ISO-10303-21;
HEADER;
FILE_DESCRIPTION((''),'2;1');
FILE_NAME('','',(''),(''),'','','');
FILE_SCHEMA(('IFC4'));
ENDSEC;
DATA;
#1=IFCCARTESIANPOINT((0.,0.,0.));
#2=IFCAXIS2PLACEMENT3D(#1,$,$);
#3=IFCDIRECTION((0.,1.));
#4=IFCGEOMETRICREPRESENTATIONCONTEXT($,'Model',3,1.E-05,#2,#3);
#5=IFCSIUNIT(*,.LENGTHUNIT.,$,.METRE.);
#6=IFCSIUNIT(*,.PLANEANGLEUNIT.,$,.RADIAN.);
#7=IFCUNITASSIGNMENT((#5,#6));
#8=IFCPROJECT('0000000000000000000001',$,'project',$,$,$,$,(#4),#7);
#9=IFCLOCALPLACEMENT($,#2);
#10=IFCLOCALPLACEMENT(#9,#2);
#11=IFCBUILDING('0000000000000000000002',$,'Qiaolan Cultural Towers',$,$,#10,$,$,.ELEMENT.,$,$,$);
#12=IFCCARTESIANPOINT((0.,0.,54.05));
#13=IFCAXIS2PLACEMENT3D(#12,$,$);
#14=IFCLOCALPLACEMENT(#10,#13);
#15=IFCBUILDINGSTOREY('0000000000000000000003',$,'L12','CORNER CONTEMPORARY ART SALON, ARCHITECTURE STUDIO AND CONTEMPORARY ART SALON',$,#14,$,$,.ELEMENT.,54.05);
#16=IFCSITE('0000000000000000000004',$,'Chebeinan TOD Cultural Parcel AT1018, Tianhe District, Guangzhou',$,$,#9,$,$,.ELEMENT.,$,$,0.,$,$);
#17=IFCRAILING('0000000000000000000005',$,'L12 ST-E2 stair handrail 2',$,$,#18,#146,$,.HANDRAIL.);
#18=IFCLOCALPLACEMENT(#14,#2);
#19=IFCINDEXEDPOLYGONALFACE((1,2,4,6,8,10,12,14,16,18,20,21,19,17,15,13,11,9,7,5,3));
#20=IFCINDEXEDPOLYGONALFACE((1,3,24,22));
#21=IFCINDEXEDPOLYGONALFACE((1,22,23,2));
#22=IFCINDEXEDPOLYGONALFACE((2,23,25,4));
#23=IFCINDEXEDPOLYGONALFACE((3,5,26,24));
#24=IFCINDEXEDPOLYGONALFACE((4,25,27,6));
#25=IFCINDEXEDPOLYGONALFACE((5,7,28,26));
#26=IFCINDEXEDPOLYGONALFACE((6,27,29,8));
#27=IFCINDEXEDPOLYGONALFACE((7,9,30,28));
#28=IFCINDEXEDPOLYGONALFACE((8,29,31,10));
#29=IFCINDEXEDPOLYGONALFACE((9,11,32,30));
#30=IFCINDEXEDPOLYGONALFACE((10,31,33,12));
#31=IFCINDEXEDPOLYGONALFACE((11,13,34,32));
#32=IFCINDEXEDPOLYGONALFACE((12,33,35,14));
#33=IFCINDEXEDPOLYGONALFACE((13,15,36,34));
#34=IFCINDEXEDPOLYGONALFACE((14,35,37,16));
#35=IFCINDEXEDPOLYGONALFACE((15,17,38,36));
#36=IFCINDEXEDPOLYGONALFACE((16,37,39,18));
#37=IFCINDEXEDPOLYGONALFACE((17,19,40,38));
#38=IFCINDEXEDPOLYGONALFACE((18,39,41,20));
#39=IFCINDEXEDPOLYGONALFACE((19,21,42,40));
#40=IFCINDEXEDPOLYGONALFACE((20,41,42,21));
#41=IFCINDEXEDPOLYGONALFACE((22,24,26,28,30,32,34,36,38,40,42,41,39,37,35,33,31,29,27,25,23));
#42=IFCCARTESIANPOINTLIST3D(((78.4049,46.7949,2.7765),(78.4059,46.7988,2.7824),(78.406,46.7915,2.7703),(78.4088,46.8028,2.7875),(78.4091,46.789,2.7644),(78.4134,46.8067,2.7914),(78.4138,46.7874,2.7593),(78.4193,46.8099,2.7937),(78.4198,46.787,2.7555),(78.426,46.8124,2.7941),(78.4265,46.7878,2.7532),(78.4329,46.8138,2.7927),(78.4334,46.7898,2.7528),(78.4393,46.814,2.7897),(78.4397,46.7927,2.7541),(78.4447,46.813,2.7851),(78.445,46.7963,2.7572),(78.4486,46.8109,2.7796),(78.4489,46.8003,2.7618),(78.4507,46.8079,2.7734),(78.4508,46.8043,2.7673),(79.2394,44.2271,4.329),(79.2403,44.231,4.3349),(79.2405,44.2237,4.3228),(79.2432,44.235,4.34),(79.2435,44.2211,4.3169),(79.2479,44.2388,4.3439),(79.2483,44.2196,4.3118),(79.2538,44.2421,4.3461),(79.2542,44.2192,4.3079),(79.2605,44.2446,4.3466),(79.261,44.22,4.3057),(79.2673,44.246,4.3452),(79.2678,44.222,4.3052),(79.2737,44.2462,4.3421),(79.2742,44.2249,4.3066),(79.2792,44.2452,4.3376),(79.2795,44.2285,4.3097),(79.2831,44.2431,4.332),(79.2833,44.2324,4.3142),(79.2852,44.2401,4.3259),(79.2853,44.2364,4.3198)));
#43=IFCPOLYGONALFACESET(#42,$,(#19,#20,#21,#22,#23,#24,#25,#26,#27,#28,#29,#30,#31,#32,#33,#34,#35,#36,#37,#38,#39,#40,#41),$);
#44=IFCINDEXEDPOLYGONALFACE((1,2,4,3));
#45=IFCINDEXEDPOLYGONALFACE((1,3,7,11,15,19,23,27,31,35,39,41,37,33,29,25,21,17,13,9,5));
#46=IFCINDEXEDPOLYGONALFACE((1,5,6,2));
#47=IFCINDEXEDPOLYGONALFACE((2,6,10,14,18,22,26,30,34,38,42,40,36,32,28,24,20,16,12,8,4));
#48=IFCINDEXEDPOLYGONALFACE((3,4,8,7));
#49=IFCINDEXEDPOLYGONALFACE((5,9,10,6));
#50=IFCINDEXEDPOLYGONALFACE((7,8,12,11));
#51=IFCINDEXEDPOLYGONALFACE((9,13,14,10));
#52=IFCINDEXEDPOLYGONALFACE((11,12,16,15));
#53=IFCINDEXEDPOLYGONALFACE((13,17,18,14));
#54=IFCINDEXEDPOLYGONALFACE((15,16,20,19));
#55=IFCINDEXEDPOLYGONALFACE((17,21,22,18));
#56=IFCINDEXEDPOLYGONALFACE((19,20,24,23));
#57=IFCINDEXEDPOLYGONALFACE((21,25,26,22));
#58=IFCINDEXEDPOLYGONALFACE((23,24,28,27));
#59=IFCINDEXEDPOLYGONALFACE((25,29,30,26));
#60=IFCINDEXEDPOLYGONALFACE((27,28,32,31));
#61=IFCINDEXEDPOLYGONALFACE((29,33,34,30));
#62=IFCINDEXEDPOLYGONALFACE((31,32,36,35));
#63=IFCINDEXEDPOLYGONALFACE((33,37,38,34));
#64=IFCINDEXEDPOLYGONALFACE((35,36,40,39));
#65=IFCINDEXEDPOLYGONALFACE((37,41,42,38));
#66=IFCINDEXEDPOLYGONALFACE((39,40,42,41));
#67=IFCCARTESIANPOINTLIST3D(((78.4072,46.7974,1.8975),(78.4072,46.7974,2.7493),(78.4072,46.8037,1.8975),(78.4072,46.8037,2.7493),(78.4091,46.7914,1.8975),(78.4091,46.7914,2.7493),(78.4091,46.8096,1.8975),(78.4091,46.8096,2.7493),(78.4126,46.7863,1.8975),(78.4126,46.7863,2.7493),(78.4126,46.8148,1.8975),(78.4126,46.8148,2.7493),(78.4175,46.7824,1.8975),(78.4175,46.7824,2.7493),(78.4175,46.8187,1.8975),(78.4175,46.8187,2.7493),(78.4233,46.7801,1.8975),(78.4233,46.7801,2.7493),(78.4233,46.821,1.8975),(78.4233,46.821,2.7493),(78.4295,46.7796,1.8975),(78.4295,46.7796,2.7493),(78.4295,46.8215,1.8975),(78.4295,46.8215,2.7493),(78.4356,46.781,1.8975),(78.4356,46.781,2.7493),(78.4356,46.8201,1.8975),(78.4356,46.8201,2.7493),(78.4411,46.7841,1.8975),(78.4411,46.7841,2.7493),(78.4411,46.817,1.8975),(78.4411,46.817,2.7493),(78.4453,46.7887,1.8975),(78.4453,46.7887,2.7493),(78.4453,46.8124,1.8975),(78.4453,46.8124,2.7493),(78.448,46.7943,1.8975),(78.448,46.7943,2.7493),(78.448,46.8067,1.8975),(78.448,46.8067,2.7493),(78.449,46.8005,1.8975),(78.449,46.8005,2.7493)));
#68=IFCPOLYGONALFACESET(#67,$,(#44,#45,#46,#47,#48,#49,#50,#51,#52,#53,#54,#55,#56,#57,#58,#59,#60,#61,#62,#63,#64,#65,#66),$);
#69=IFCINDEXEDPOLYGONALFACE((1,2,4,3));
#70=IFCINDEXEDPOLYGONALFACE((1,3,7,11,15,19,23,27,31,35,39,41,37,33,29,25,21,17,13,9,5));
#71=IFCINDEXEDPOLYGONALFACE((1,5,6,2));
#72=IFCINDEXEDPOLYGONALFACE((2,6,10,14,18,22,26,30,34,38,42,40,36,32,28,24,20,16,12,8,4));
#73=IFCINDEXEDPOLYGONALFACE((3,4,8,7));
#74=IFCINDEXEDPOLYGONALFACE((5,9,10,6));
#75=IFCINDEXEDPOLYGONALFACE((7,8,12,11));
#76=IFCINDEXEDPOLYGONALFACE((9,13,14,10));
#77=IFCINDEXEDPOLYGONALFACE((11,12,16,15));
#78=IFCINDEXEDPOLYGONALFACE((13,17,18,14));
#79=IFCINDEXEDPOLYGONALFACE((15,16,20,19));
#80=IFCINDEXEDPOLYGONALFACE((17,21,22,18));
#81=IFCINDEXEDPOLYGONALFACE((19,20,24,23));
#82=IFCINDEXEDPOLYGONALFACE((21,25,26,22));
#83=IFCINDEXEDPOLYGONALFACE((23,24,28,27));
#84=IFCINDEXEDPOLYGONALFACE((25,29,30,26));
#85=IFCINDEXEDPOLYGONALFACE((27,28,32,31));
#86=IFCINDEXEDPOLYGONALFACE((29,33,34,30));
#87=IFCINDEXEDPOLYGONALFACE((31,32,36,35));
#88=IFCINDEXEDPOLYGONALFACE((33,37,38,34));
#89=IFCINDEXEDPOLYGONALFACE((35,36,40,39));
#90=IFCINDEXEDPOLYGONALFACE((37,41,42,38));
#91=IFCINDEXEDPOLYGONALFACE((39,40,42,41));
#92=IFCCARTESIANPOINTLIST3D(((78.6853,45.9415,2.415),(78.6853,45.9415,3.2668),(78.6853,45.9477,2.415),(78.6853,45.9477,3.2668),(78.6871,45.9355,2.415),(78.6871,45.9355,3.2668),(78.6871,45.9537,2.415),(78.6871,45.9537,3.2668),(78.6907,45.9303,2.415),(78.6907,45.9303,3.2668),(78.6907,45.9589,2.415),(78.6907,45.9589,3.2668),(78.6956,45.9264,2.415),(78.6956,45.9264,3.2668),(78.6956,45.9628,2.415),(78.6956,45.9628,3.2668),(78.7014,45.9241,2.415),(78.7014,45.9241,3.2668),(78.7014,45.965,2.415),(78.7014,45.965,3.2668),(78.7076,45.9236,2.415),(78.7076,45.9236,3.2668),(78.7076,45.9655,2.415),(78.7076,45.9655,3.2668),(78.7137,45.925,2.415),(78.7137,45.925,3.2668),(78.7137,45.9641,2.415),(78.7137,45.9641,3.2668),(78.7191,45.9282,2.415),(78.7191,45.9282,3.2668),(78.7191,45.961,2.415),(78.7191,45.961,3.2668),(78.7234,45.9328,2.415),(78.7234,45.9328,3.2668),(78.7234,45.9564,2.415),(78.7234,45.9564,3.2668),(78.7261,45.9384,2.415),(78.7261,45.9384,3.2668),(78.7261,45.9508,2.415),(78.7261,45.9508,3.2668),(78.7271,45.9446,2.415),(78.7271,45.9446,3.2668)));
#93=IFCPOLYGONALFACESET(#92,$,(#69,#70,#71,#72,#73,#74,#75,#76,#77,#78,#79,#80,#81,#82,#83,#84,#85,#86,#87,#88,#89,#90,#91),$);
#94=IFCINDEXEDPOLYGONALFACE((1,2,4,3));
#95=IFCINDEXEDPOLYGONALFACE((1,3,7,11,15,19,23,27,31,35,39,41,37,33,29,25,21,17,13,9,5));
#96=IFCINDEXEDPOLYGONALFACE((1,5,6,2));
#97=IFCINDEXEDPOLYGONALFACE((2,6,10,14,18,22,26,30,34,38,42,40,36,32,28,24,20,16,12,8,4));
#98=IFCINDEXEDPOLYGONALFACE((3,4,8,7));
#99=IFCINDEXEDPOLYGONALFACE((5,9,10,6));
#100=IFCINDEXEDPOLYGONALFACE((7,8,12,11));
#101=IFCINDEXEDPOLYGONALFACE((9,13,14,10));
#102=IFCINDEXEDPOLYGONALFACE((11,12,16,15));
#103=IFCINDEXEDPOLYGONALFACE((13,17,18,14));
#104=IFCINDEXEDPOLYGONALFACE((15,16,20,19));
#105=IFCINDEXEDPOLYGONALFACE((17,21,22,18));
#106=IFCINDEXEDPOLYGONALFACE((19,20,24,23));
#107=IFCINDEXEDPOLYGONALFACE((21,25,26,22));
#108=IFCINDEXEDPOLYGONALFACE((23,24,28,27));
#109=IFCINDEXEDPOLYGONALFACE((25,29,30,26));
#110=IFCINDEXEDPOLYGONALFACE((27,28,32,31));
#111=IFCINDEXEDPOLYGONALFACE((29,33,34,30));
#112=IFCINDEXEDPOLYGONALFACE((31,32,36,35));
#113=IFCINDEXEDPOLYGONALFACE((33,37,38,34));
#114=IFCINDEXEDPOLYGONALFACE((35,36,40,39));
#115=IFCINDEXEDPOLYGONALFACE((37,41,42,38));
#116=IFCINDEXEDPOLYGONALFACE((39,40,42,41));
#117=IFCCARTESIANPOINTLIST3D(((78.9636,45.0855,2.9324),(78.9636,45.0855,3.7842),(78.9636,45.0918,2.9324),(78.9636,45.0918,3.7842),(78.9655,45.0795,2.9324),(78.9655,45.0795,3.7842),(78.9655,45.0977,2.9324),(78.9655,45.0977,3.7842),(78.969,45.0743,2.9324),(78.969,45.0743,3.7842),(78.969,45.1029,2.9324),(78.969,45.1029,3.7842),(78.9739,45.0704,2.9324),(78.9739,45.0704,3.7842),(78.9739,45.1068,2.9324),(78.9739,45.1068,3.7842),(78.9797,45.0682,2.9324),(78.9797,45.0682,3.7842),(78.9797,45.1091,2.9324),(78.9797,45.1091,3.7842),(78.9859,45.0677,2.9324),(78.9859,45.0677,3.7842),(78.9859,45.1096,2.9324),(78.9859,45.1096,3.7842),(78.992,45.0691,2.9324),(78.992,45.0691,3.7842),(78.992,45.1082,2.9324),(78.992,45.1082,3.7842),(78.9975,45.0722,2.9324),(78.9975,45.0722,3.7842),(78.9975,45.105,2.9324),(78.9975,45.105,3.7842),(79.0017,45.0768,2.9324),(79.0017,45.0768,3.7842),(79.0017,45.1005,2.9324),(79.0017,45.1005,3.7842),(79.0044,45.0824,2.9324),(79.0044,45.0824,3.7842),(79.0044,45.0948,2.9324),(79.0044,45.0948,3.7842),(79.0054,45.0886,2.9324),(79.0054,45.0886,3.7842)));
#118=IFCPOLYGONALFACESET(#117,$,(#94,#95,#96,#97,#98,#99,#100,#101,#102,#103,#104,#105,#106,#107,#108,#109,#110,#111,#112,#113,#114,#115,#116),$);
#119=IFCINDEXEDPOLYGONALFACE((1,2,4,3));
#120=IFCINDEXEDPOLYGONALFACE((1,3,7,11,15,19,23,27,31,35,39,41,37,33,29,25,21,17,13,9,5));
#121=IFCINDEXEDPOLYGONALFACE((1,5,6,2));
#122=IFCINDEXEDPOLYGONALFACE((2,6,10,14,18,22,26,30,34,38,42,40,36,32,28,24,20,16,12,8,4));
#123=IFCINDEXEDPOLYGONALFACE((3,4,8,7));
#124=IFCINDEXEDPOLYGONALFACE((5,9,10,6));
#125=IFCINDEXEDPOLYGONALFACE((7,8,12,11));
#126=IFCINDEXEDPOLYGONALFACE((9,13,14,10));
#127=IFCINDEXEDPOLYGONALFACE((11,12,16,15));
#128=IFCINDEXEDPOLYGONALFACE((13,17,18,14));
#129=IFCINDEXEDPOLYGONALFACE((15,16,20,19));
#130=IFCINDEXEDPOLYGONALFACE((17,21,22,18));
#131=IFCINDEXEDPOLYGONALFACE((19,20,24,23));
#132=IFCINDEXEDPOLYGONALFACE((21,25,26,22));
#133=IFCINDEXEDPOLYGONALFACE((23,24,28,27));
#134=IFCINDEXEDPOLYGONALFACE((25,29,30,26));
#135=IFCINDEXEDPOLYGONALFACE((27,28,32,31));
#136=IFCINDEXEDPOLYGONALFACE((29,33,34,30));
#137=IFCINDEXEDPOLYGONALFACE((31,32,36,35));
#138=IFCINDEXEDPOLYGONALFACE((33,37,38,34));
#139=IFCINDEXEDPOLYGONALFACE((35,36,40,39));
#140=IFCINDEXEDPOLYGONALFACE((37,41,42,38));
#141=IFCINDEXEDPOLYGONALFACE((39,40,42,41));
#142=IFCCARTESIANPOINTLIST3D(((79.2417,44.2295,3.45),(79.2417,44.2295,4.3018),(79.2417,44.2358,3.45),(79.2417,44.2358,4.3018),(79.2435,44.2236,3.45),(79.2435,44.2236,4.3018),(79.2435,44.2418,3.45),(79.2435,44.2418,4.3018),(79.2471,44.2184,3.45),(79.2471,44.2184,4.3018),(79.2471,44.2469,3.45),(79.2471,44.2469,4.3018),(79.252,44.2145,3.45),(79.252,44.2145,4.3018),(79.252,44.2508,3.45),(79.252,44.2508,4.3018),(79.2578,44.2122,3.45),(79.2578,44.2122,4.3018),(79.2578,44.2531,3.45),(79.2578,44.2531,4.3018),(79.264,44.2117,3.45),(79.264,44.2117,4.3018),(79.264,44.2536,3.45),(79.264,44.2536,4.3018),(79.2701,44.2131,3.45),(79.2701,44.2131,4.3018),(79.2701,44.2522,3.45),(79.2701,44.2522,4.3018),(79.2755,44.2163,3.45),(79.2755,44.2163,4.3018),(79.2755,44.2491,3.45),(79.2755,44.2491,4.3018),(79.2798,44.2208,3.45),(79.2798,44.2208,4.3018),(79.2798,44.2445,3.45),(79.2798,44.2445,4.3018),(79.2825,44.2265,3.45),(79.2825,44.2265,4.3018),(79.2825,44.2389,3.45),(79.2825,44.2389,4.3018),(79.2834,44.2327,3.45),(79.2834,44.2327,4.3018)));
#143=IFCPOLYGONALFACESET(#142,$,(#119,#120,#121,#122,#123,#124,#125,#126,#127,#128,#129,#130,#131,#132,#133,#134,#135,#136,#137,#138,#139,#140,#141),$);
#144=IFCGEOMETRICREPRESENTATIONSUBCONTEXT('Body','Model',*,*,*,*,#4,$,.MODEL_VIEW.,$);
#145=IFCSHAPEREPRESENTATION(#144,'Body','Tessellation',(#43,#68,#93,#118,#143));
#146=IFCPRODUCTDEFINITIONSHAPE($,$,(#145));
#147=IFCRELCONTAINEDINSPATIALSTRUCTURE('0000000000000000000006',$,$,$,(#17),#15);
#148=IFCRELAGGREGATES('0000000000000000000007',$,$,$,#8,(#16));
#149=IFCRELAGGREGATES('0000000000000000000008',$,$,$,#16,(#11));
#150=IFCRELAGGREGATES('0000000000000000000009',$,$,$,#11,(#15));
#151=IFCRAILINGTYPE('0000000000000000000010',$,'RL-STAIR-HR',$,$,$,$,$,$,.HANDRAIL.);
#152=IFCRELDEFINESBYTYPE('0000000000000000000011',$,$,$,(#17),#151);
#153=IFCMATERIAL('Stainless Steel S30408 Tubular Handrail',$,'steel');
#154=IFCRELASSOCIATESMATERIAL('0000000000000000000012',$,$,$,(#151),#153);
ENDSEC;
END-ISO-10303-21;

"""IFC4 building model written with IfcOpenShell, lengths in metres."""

from ifc_helpers import new_model, si_unit, direction, frame, origin, origin_2d, place, context, subcontext, project, spatial, circle, extrude, material, type_object, element, save


model = new_model("IFC4")

# Units and contexts
model_context = context("Model", 3, precision=1e-05, world=origin(), true_north=direction((0.0, 1.0)))
body_context = subcontext(model_context, "Body", "Model", "MODEL_VIEW")
ifc_project = project(units=[si_unit("LENGTHUNIT", "METRE"), si_unit("PLANEANGLEUNIT", "RADIAN")], contexts=[model_context])

# Site, building, storey
site_placement = place(None, origin())
site = spatial("IfcSite", under=ifc_project, at=site_placement, Name="Chebeinan TOD Cultural Parcel AT1018, Tianhe District, Guangzhou", CompositionType="ELEMENT", RefElevation=0.0)
building_placement = place(site_placement, origin())
building = spatial("IfcBuilding", under=site, at=building_placement, Name="Qiaolan Cultural Towers", CompositionType="ELEMENT")
storey_placement = place(building_placement, frame((0.0, 0.0, 54.05)))
storey = spatial("IfcBuildingStorey", under=building, at=storey_placement, Name="L12", Description="CORNER CONTEMPORARY ART SALON, ARCHITECTURE STUDIO AND CONTEMPORARY ART SALON", CompositionType="ELEMENT", Elevation=54.05)

# Railing
ifc_material_1 = material(Name="Stainless Steel S30408 Tubular Handrail", Category="steel")
railing_type = type_object("IfcRailingType", Name="RL-STAIR-HR", PredefinedType="HANDRAIL", material=ifc_material_1)
railing_placement = place(storey_placement, frame((78.428, 46.8005, 1.8975)))
element("IfcRailing", 1, at=railing_placement, inside=storey, type_object=railing_type, Name="L12 ST-E2 stair handrail 2", PredefinedType="HANDRAIL", context=body_context, shape_type="SweptSolid", body=[
    extrude(circle(Radius=0.0239, at=origin_2d()), frame((0.0, 0.0, 0.876), z_axis=(0.267926, -0.824471, 0.498461), x_axis=(0.951043, 0.309057, 0.0)), (0.0, 0.0, 1.0), 3.1145),
    extrude(circle(Radius=0.021, at=origin_2d()), origin(), (0.0, 0.0, 1.0), 0.8518),
    extrude(circle(Radius=0.021, at=origin_2d()), frame((0.2781, -0.856, 0.5176)), (0.0, 0.0, 1.0), 0.8518),
    extrude(circle(Radius=0.021, at=origin_2d()), frame((0.5564, -1.7119, 1.0349)), (0.0, 0.0, 1.0), 0.8518),
    extrude(circle(Radius=0.021, at=origin_2d()), frame((0.8345, -2.5679, 1.5525)), (0.0, 0.0, 1.0), 0.8518),
])

save(model, "model.ifc")
